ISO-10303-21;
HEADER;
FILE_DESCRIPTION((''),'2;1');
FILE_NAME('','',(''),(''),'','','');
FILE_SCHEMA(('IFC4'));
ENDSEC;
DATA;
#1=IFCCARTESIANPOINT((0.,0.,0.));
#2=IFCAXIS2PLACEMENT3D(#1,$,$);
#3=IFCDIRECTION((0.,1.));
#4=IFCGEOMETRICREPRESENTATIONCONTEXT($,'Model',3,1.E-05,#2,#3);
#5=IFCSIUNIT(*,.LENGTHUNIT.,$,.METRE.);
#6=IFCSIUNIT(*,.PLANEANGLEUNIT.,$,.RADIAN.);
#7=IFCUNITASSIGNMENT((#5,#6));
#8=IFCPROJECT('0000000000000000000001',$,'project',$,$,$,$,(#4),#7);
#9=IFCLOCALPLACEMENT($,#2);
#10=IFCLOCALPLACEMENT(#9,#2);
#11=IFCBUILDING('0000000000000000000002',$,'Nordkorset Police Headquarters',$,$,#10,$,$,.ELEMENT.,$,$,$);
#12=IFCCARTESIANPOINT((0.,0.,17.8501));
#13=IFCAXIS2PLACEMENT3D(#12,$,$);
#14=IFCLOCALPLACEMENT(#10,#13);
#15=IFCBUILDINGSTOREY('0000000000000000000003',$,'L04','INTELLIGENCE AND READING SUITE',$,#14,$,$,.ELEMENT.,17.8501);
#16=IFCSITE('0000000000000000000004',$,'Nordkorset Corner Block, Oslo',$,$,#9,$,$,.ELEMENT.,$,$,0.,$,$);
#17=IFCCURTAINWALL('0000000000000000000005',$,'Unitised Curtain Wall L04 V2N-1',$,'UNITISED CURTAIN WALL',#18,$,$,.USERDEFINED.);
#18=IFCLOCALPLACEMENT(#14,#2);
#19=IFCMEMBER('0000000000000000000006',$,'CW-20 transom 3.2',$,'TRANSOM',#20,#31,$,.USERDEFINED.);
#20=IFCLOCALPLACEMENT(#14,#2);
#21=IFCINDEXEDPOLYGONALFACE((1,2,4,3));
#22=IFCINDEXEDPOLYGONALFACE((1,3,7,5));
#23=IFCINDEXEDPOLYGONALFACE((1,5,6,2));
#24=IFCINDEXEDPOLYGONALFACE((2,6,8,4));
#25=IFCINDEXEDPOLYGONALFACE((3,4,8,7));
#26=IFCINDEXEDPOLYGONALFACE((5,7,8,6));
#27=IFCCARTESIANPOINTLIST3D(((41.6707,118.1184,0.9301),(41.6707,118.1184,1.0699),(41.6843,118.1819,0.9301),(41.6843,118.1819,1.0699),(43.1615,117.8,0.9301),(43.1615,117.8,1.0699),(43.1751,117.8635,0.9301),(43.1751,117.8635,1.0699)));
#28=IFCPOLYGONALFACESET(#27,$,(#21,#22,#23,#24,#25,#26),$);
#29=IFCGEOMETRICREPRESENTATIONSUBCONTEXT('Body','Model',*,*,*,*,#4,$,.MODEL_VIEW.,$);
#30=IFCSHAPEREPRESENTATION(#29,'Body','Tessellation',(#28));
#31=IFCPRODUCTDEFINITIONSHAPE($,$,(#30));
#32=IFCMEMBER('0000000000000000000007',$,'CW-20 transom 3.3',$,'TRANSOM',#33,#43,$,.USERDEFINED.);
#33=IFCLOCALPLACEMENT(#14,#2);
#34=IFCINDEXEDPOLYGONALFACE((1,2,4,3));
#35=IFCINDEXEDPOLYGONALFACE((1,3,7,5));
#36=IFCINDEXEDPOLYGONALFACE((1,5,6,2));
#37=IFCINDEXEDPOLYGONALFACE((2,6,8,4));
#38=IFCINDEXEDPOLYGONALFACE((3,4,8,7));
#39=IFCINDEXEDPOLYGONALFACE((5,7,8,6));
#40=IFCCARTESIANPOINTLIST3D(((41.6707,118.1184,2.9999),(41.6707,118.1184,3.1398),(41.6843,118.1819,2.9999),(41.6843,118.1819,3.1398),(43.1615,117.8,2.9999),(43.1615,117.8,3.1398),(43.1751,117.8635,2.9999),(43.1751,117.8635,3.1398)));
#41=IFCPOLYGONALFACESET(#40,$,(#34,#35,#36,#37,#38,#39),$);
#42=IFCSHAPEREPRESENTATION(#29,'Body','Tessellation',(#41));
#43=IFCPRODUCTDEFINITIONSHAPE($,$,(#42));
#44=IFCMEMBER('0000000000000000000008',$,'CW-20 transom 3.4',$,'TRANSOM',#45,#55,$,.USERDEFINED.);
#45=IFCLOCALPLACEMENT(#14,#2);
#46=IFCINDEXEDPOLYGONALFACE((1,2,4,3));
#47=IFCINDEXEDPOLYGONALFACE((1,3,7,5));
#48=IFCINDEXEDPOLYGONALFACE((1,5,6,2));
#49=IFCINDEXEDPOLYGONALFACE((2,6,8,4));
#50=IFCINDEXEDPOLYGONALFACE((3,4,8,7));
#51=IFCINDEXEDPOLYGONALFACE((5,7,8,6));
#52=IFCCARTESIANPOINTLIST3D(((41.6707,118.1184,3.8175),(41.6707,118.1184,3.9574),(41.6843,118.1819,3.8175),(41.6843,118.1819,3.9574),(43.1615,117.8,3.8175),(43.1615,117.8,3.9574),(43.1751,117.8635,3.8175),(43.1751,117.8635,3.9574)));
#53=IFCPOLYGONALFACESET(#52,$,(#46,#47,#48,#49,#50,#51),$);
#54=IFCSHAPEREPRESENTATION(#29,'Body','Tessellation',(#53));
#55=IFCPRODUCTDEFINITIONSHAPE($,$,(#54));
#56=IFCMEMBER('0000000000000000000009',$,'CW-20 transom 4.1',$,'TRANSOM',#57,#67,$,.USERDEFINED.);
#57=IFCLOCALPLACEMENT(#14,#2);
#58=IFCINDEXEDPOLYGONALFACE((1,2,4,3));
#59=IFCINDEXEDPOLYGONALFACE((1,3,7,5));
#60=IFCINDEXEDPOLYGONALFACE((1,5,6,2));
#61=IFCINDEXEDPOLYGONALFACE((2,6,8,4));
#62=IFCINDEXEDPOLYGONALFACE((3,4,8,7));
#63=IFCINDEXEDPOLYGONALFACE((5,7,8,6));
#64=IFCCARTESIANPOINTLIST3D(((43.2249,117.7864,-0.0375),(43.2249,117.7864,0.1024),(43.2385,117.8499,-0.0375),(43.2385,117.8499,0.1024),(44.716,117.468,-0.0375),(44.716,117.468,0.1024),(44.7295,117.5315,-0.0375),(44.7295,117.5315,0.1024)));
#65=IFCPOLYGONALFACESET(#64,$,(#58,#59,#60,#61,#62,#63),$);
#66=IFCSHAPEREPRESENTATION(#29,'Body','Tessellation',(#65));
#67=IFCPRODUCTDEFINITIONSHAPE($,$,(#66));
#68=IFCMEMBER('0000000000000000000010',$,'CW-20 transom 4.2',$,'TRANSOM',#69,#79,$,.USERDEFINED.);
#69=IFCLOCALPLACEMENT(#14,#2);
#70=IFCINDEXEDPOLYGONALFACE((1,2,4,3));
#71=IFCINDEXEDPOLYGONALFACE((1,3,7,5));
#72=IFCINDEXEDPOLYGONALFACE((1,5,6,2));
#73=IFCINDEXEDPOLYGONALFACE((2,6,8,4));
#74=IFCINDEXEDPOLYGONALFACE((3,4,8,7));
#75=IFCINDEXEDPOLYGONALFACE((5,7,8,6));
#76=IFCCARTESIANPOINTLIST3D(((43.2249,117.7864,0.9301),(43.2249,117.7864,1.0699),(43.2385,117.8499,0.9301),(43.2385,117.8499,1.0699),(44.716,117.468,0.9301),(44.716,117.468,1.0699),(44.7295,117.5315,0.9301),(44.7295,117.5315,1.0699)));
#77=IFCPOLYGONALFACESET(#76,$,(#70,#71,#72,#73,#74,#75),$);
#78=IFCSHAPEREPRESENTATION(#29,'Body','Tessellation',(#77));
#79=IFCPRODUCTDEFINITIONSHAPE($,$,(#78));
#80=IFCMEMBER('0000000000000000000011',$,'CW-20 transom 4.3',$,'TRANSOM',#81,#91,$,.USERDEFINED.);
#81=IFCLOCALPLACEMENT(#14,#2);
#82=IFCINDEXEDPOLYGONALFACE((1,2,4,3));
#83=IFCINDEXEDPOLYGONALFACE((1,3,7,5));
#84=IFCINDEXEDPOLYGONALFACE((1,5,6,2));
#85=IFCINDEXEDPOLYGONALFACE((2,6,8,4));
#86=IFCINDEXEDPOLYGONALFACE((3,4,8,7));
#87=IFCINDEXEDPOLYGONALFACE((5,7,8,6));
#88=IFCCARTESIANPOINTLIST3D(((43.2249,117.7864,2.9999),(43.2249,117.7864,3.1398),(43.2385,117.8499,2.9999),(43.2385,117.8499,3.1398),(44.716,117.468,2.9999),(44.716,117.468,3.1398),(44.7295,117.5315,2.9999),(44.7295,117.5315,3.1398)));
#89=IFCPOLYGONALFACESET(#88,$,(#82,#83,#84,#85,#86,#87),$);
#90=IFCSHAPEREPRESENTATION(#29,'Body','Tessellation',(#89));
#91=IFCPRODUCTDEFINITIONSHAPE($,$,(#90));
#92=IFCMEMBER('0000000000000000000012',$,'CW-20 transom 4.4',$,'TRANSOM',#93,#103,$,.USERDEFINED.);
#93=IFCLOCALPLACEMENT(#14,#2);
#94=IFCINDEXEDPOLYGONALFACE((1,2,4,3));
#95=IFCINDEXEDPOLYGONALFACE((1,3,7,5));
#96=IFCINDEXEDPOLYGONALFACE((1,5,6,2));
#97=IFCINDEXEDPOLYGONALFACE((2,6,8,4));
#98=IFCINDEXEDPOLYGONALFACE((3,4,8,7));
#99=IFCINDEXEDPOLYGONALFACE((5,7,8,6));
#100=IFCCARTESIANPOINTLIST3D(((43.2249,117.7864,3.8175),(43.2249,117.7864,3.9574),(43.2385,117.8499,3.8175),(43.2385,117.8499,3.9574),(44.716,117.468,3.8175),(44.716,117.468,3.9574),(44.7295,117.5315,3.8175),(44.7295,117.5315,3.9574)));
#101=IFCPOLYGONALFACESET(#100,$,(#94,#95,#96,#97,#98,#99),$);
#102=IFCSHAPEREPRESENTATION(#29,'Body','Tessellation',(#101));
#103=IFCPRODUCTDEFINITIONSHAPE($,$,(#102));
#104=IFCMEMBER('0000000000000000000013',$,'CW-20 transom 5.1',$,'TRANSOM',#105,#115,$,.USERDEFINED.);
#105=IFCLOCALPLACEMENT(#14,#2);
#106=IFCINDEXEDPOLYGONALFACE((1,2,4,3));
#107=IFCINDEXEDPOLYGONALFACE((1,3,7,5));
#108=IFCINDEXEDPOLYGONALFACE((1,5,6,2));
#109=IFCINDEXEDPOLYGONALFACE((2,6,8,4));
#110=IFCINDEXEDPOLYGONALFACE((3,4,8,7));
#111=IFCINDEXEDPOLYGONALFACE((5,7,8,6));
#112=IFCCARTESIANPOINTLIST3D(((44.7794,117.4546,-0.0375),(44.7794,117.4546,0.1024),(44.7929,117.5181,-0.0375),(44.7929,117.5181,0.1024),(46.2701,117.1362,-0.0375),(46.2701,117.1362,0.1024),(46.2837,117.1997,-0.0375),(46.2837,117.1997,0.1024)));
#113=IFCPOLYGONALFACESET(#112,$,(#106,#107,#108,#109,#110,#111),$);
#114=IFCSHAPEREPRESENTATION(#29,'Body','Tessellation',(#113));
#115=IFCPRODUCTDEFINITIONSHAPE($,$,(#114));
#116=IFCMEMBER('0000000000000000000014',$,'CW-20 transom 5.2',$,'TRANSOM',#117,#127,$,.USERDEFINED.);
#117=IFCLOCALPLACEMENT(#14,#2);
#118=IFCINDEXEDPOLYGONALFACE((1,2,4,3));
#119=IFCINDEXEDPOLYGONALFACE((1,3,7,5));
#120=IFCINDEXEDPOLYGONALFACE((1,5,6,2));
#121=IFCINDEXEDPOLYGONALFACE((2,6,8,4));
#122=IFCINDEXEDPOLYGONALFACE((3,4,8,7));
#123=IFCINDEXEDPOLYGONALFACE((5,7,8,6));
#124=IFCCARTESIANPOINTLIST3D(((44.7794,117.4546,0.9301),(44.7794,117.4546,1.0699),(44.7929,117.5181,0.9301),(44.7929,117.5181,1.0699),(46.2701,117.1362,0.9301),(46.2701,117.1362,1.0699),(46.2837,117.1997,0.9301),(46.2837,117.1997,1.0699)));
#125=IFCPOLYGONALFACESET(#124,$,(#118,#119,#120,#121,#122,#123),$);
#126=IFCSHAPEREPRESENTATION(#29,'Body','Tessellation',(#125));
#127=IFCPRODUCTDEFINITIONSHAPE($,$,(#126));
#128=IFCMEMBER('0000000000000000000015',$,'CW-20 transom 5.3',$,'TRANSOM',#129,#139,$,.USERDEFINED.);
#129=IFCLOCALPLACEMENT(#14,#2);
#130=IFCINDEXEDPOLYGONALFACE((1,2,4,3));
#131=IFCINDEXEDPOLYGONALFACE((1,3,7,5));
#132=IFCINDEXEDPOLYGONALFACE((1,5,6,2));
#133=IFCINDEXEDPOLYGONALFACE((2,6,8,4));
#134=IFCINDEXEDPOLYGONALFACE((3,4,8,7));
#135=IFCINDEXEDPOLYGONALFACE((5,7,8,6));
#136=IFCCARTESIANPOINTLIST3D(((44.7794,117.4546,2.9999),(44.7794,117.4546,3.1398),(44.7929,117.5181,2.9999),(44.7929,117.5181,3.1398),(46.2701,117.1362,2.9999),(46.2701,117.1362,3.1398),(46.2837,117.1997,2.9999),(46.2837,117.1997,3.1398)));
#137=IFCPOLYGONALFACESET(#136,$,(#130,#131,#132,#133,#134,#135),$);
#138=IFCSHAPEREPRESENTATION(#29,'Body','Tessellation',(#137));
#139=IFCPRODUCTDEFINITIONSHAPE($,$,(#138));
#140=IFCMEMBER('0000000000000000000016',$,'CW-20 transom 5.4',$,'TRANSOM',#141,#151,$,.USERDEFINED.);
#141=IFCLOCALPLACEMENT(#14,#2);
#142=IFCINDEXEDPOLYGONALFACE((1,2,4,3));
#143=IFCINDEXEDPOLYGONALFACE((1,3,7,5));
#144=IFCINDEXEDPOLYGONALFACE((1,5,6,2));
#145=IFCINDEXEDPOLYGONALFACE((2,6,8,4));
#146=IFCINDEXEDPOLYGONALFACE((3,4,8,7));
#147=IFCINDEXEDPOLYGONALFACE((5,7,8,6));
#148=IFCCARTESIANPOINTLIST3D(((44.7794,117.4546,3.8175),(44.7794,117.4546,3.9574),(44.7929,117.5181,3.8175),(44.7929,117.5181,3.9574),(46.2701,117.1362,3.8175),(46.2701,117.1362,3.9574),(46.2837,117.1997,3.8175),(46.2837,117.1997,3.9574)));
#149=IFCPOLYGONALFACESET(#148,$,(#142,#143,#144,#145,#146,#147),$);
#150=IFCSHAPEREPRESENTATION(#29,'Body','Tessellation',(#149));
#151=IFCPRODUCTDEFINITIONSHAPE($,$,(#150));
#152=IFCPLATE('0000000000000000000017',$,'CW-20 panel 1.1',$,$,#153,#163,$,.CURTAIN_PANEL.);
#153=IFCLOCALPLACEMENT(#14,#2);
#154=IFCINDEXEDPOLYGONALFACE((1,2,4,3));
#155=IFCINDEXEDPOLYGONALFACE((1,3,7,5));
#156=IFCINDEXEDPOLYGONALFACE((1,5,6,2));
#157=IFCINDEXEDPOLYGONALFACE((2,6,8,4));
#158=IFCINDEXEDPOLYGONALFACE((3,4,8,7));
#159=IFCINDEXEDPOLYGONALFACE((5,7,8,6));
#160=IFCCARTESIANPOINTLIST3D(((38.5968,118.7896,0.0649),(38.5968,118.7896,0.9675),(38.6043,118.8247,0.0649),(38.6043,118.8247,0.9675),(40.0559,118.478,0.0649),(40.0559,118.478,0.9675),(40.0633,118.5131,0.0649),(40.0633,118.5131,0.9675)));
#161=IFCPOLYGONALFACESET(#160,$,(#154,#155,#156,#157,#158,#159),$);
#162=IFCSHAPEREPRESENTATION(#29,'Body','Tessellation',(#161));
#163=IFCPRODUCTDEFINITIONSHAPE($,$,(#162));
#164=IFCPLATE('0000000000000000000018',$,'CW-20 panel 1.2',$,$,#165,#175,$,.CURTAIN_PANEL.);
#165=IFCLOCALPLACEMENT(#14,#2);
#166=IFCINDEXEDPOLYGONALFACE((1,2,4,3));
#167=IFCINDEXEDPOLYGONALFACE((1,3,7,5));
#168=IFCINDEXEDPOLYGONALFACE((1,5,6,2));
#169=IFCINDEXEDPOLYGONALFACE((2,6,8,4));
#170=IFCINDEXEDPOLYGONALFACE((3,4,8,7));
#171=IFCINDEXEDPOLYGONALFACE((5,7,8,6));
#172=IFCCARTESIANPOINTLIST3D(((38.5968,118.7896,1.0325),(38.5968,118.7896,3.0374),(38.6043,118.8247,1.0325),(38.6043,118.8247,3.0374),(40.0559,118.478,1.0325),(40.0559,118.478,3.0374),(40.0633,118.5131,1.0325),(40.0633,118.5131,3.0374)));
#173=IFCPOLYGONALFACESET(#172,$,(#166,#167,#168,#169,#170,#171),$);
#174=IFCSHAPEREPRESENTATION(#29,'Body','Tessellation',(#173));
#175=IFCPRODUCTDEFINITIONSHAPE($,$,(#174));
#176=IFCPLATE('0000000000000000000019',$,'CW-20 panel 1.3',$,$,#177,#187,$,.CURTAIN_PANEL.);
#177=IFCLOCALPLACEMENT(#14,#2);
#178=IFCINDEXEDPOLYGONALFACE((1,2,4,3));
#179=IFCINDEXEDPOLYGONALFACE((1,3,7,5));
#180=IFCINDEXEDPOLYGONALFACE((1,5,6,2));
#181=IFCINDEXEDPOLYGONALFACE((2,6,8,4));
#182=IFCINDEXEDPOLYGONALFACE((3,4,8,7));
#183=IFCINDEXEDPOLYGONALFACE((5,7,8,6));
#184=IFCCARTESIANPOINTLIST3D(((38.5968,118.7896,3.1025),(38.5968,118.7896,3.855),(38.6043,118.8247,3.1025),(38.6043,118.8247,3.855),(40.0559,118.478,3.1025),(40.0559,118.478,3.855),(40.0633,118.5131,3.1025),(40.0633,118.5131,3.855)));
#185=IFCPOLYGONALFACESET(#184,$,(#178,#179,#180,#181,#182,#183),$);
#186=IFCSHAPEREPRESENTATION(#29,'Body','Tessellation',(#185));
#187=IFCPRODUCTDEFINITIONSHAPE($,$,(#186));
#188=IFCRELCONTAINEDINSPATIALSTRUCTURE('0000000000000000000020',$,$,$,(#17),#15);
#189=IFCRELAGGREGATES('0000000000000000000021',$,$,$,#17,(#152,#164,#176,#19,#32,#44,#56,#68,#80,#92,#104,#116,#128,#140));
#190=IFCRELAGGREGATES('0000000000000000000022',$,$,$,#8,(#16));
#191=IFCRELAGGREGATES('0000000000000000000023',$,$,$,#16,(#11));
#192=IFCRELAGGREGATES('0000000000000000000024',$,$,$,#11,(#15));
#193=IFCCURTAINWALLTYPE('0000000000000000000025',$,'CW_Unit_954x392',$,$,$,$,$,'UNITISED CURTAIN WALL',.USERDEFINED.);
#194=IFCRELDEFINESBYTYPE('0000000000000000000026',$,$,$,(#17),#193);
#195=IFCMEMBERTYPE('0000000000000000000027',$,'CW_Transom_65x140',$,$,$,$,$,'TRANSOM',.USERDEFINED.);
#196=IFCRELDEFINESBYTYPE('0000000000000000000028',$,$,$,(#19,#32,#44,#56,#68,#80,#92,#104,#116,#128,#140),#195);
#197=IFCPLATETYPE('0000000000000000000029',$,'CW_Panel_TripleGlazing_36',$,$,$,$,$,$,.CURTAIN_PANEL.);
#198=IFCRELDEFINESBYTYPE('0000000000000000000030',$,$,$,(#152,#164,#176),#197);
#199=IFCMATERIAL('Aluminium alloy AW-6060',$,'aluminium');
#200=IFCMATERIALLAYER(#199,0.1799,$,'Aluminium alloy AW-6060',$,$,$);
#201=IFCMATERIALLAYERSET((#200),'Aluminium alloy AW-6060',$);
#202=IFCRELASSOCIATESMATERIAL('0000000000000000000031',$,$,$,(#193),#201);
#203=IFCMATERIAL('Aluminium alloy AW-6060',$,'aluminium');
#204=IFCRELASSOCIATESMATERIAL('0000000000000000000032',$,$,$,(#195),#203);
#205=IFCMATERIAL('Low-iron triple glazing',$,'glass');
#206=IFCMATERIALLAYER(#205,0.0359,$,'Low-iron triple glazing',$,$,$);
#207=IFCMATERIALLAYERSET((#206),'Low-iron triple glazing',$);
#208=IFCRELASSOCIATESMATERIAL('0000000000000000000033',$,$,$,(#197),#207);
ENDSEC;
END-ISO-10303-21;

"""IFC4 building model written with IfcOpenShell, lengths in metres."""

from ifc_helpers import new_model, si_unit, direction, frame, origin, origin_2d, place, context, subcontext, project, spatial, rectangle, extrude, material, layer, layer_set, material_profile, profile_set, type_object, element, aggregate, save


model = new_model("IFC4")

# Units and contexts
model_context = context("Model", 3, precision=1e-05, world=origin(), true_north=direction((0.0, 1.0)))
body_context = subcontext(model_context, "Body", "Model", "MODEL_VIEW")
ifc_project = project(units=[si_unit("LENGTHUNIT", "METRE"), si_unit("PLANEANGLEUNIT", "RADIAN")], contexts=[model_context])

# Site, building, storey
site_placement = place(None, origin())
site = spatial("IfcSite", under=ifc_project, at=site_placement, Name="Nordkorset Corner Block, Oslo", CompositionType="ELEMENT", RefElevation=0.0)
building_placement = place(site_placement, origin())
building = spatial("IfcBuilding", under=site, at=building_placement, Name="Nordkorset Police Headquarters", CompositionType="ELEMENT")
storey_placement = place(building_placement, frame((0.0, 0.0, 17.8501)))
storey = spatial("IfcBuildingStorey", under=building, at=storey_placement, Name="L04", Description="INTELLIGENCE AND READING SUITE", CompositionType="ELEMENT", Elevation=17.8501)

# Curtain wall, members, plates
ifc_material_1 = material(Name="Aluminium alloy AW-6060", Category="aluminium")
ifc_layer_1 = layer(ifc_material_1, 0.1799, Name="Aluminium alloy AW-6060")
ifc_layer_set_1 = layer_set([ifc_layer_1], Name="Aluminium alloy AW-6060")
curtain_wall_type = type_object("IfcCurtainWallType", Name="CW_Unit_954x392", ElementType="UNITISED CURTAIN WALL", PredefinedType="USERDEFINED", material=ifc_layer_set_1)
curtain_wall_placement = place(storey_placement, origin())
curtain_wall = element("IfcCurtainWall", 1, at=curtain_wall_placement, inside=storey, type_object=curtain_wall_type, Name="Unitised Curtain Wall L04 V2N-1", ObjectType="UNITISED CURTAIN WALL", PredefinedType="USERDEFINED")
ifc_material_2 = material(Name="Aluminium alloy AW-6060", Category="aluminium")
ifc_material_profile_1 = material_profile(ifc_material_2, rectangle(XDim=0.0649, YDim=0.1399, at=origin_2d()), Name="ALU TRAN 65x140")
ifc_profile_set_1 = profile_set([ifc_material_profile_1], Name="Aluminium alloy AW-6060")
member_type_1 = type_object("IfcMemberType", Name="CW_Transom_65x140", ElementType="TRANSOM", PredefinedType="USERDEFINED", material=ifc_profile_set_1)
member_1_placement = place(storey_placement, frame((41.6775, 118.1501, 1.0), z_axis=(0.977947, -0.208851, 0.0), x_axis=(0.208851, 0.977947, 0.0)))
member_1 = element("IfcMember", 2, at=member_1_placement, type_object=member_type_1, Name="CW-20 transom 3.2", ObjectType="TRANSOM", PredefinedType="USERDEFINED", context=body_context, shape_type="SweptSolid", body=[
    extrude(rectangle(XDim=0.0649, YDim=0.1399, at=origin_2d()), origin(), (0.0, 0.0, 1.0), 1.5244),
])
member_2_placement = place(storey_placement, frame((41.6775, 118.1501, 3.0698), z_axis=(0.977947, -0.208851, 0.0), x_axis=(0.208851, 0.977947, 0.0)))
member_2 = element("IfcMember", 3, at=member_2_placement, type_object=member_type_1, Name="CW-20 transom 3.3", ObjectType="TRANSOM", PredefinedType="USERDEFINED", context=body_context, shape_type="SweptSolid", body=[
    extrude(rectangle(XDim=0.0649, YDim=0.1399, at=origin_2d()), origin(), (0.0, 0.0, 1.0), 1.5244),
])
member_3_placement = place(storey_placement, frame((41.6775, 118.1501, 3.8875), z_axis=(0.977947, -0.208851, 0.0), x_axis=(0.208851, 0.977947, 0.0)))
member_3 = element("IfcMember", 4, at=member_3_placement, type_object=member_type_1, Name="CW-20 transom 3.4", ObjectType="TRANSOM", PredefinedType="USERDEFINED", context=body_context, shape_type="SweptSolid", body=[
    extrude(rectangle(XDim=0.0649, YDim=0.1399, at=origin_2d()), origin(), (0.0, 0.0, 1.0), 1.5244),
])
member_4_placement = place(storey_placement, frame((43.2317, 117.8181, 0.0325), z_axis=(0.977954, -0.208818, 0.0), x_axis=(0.208818, 0.977954, 0.0)))
member_4 = element("IfcMember", 5, at=member_4_placement, type_object=member_type_1, Name="CW-20 transom 4.1", ObjectType="TRANSOM", PredefinedType="USERDEFINED", context=body_context, shape_type="SweptSolid", body=[
    extrude(rectangle(XDim=0.0649, YDim=0.1399, at=origin_2d()), origin(), (0.0, 0.0, 1.0), 1.5247),
])
member_5_placement = place(storey_placement, frame((43.2317, 117.8181, 1.0), z_axis=(0.977954, -0.208818, 0.0), x_axis=(0.208818, 0.977954, 0.0)))
member_5 = element("IfcMember", 6, at=member_5_placement, type_object=member_type_1, Name="CW-20 transom 4.2", ObjectType="TRANSOM", PredefinedType="USERDEFINED", context=body_context, shape_type="SweptSolid", body=[
    extrude(rectangle(XDim=0.0649, YDim=0.1399, at=origin_2d()), origin(), (0.0, 0.0, 1.0), 1.5247),
])
member_6_placement = place(storey_placement, frame((43.2317, 117.8181, 3.0698), z_axis=(0.977954, -0.208818, 0.0), x_axis=(0.208818, 0.977954, 0.0)))
member_6 = element("IfcMember", 7, at=member_6_placement, type_object=member_type_1, Name="CW-20 transom 4.3", ObjectType="TRANSOM", PredefinedType="USERDEFINED", context=body_context, shape_type="SweptSolid", body=[
    extrude(rectangle(XDim=0.0649, YDim=0.1399, at=origin_2d()), origin(), (0.0, 0.0, 1.0), 1.5247),
])
member_7_placement = place(storey_placement, frame((43.2317, 117.8181, 3.8875), z_axis=(0.977954, -0.208818, 0.0), x_axis=(0.208818, 0.977954, 0.0)))
member_7 = element("IfcMember", 8, at=member_7_placement, type_object=member_type_1, Name="CW-20 transom 4.4", ObjectType="TRANSOM", PredefinedType="USERDEFINED", context=body_context, shape_type="SweptSolid", body=[
    extrude(rectangle(XDim=0.0649, YDim=0.1399, at=origin_2d()), origin(), (0.0, 0.0, 1.0), 1.5247),
])
member_8_placement = place(storey_placement, frame((44.7861, 117.4863, 0.0325), z_axis=(0.977947, -0.208851, 0.0), x_axis=(0.208851, 0.977947, 0.0)))
member_8 = element("IfcMember", 9, at=member_8_placement, type_object=member_type_1, Name="CW-20 transom 5.1", ObjectType="TRANSOM", PredefinedType="USERDEFINED", context=body_context, shape_type="SweptSolid", body=[
    extrude(rectangle(XDim=0.0649, YDim=0.1399, at=origin_2d()), origin(), (0.0, 0.0, 1.0), 1.5244),
])
member_9_placement = place(storey_placement, frame((44.7861, 117.4863, 1.0), z_axis=(0.977947, -0.208851, 0.0), x_axis=(0.208851, 0.977947, 0.0)))
member_9 = element("IfcMember", 10, at=member_9_placement, type_object=member_type_1, Name="CW-20 transom 5.2", ObjectType="TRANSOM", PredefinedType="USERDEFINED", context=body_context, shape_type="SweptSolid", body=[
    extrude(rectangle(XDim=0.0649, YDim=0.1399, at=origin_2d()), origin(), (0.0, 0.0, 1.0), 1.5244),
])
member_10_placement = place(storey_placement, frame((44.7861, 117.4863, 3.0698), z_axis=(0.977947, -0.208851, 0.0), x_axis=(0.208851, 0.977947, 0.0)))
member_10 = element("IfcMember", 11, at=member_10_placement, type_object=member_type_1, Name="CW-20 transom 5.3", ObjectType="TRANSOM", PredefinedType="USERDEFINED", context=body_context, shape_type="SweptSolid", body=[
    extrude(rectangle(XDim=0.0649, YDim=0.1399, at=origin_2d()), origin(), (0.0, 0.0, 1.0), 1.5244),
])
member_11_placement = place(storey_placement, frame((44.7861, 117.4863, 3.8875), z_axis=(0.977947, -0.208851, 0.0), x_axis=(0.208851, 0.977947, 0.0)))
member_11 = element("IfcMember", 12, at=member_11_placement, type_object=member_type_1, Name="CW-20 transom 5.4", ObjectType="TRANSOM", PredefinedType="USERDEFINED", context=body_context, shape_type="SweptSolid", body=[
    extrude(rectangle(XDim=0.0649, YDim=0.1399, at=origin_2d()), origin(), (0.0, 0.0, 1.0), 1.5244),
])
ifc_material_3 = material(Name="Low-iron triple glazing", Category="glass")
ifc_layer_2 = layer(ifc_material_3, 0.0359, Name="Low-iron triple glazing")
ifc_layer_set_2 = layer_set([ifc_layer_2], Name="Low-iron triple glazing")
plate_type = type_object("IfcPlateType", Name="CW_Panel_TripleGlazing_36", PredefinedType="CURTAIN_PANEL", material=ifc_layer_set_2)
plate_1_placement = place(storey_placement, frame((39.3301, 118.6514, 0.0649), z_axis=(0.0, 0.0, 1.0), x_axis=(0.977951, -0.208833, 0.0)))
plate_1 = element("IfcPlate", 13, at=plate_1_placement, type_object=plate_type, Name="CW-20 panel 1.1", PredefinedType="CURTAIN_PANEL", context=body_context, shape_type="SweptSolid", body=[
    extrude(rectangle(XDim=1.4919, YDim=0.0359, at=origin_2d()), origin(), (0.0, 0.0, 1.0), 0.9026),
])
plate_2_placement = place(storey_placement, frame((39.3301, 118.6514, 1.0325), z_axis=(0.0, 0.0, 1.0), x_axis=(0.977951, -0.208833, 0.0)))
plate_2 = element("IfcPlate", 14, at=plate_2_placement, type_object=plate_type, Name="CW-20 panel 1.2", PredefinedType="CURTAIN_PANEL", context=body_context, shape_type="SweptSolid", body=[
    extrude(rectangle(XDim=1.4919, YDim=0.0359, at=origin_2d()), origin(), (0.0, 0.0, 1.0), 2.0049),
])
plate_3_placement = place(storey_placement, frame((39.3301, 118.6514, 3.1025), z_axis=(0.0, 0.0, 1.0), x_axis=(0.977951, -0.208833, 0.0)))
plate_3 = element("IfcPlate", 15, at=plate_3_placement, type_object=plate_type, Name="CW-20 panel 1.3", PredefinedType="CURTAIN_PANEL", context=body_context, shape_type="SweptSolid", body=[
    extrude(rectangle(XDim=1.4919, YDim=0.0359, at=origin_2d()), origin(), (0.0, 0.0, 1.0), 0.7524),
])
aggregate(curtain_wall, [plate_1, plate_2, plate_3, member_1, member_2, member_3, member_4, member_5, member_6, member_7, member_8, member_9, member_10, member_11])

save(model, "model.ifc")
